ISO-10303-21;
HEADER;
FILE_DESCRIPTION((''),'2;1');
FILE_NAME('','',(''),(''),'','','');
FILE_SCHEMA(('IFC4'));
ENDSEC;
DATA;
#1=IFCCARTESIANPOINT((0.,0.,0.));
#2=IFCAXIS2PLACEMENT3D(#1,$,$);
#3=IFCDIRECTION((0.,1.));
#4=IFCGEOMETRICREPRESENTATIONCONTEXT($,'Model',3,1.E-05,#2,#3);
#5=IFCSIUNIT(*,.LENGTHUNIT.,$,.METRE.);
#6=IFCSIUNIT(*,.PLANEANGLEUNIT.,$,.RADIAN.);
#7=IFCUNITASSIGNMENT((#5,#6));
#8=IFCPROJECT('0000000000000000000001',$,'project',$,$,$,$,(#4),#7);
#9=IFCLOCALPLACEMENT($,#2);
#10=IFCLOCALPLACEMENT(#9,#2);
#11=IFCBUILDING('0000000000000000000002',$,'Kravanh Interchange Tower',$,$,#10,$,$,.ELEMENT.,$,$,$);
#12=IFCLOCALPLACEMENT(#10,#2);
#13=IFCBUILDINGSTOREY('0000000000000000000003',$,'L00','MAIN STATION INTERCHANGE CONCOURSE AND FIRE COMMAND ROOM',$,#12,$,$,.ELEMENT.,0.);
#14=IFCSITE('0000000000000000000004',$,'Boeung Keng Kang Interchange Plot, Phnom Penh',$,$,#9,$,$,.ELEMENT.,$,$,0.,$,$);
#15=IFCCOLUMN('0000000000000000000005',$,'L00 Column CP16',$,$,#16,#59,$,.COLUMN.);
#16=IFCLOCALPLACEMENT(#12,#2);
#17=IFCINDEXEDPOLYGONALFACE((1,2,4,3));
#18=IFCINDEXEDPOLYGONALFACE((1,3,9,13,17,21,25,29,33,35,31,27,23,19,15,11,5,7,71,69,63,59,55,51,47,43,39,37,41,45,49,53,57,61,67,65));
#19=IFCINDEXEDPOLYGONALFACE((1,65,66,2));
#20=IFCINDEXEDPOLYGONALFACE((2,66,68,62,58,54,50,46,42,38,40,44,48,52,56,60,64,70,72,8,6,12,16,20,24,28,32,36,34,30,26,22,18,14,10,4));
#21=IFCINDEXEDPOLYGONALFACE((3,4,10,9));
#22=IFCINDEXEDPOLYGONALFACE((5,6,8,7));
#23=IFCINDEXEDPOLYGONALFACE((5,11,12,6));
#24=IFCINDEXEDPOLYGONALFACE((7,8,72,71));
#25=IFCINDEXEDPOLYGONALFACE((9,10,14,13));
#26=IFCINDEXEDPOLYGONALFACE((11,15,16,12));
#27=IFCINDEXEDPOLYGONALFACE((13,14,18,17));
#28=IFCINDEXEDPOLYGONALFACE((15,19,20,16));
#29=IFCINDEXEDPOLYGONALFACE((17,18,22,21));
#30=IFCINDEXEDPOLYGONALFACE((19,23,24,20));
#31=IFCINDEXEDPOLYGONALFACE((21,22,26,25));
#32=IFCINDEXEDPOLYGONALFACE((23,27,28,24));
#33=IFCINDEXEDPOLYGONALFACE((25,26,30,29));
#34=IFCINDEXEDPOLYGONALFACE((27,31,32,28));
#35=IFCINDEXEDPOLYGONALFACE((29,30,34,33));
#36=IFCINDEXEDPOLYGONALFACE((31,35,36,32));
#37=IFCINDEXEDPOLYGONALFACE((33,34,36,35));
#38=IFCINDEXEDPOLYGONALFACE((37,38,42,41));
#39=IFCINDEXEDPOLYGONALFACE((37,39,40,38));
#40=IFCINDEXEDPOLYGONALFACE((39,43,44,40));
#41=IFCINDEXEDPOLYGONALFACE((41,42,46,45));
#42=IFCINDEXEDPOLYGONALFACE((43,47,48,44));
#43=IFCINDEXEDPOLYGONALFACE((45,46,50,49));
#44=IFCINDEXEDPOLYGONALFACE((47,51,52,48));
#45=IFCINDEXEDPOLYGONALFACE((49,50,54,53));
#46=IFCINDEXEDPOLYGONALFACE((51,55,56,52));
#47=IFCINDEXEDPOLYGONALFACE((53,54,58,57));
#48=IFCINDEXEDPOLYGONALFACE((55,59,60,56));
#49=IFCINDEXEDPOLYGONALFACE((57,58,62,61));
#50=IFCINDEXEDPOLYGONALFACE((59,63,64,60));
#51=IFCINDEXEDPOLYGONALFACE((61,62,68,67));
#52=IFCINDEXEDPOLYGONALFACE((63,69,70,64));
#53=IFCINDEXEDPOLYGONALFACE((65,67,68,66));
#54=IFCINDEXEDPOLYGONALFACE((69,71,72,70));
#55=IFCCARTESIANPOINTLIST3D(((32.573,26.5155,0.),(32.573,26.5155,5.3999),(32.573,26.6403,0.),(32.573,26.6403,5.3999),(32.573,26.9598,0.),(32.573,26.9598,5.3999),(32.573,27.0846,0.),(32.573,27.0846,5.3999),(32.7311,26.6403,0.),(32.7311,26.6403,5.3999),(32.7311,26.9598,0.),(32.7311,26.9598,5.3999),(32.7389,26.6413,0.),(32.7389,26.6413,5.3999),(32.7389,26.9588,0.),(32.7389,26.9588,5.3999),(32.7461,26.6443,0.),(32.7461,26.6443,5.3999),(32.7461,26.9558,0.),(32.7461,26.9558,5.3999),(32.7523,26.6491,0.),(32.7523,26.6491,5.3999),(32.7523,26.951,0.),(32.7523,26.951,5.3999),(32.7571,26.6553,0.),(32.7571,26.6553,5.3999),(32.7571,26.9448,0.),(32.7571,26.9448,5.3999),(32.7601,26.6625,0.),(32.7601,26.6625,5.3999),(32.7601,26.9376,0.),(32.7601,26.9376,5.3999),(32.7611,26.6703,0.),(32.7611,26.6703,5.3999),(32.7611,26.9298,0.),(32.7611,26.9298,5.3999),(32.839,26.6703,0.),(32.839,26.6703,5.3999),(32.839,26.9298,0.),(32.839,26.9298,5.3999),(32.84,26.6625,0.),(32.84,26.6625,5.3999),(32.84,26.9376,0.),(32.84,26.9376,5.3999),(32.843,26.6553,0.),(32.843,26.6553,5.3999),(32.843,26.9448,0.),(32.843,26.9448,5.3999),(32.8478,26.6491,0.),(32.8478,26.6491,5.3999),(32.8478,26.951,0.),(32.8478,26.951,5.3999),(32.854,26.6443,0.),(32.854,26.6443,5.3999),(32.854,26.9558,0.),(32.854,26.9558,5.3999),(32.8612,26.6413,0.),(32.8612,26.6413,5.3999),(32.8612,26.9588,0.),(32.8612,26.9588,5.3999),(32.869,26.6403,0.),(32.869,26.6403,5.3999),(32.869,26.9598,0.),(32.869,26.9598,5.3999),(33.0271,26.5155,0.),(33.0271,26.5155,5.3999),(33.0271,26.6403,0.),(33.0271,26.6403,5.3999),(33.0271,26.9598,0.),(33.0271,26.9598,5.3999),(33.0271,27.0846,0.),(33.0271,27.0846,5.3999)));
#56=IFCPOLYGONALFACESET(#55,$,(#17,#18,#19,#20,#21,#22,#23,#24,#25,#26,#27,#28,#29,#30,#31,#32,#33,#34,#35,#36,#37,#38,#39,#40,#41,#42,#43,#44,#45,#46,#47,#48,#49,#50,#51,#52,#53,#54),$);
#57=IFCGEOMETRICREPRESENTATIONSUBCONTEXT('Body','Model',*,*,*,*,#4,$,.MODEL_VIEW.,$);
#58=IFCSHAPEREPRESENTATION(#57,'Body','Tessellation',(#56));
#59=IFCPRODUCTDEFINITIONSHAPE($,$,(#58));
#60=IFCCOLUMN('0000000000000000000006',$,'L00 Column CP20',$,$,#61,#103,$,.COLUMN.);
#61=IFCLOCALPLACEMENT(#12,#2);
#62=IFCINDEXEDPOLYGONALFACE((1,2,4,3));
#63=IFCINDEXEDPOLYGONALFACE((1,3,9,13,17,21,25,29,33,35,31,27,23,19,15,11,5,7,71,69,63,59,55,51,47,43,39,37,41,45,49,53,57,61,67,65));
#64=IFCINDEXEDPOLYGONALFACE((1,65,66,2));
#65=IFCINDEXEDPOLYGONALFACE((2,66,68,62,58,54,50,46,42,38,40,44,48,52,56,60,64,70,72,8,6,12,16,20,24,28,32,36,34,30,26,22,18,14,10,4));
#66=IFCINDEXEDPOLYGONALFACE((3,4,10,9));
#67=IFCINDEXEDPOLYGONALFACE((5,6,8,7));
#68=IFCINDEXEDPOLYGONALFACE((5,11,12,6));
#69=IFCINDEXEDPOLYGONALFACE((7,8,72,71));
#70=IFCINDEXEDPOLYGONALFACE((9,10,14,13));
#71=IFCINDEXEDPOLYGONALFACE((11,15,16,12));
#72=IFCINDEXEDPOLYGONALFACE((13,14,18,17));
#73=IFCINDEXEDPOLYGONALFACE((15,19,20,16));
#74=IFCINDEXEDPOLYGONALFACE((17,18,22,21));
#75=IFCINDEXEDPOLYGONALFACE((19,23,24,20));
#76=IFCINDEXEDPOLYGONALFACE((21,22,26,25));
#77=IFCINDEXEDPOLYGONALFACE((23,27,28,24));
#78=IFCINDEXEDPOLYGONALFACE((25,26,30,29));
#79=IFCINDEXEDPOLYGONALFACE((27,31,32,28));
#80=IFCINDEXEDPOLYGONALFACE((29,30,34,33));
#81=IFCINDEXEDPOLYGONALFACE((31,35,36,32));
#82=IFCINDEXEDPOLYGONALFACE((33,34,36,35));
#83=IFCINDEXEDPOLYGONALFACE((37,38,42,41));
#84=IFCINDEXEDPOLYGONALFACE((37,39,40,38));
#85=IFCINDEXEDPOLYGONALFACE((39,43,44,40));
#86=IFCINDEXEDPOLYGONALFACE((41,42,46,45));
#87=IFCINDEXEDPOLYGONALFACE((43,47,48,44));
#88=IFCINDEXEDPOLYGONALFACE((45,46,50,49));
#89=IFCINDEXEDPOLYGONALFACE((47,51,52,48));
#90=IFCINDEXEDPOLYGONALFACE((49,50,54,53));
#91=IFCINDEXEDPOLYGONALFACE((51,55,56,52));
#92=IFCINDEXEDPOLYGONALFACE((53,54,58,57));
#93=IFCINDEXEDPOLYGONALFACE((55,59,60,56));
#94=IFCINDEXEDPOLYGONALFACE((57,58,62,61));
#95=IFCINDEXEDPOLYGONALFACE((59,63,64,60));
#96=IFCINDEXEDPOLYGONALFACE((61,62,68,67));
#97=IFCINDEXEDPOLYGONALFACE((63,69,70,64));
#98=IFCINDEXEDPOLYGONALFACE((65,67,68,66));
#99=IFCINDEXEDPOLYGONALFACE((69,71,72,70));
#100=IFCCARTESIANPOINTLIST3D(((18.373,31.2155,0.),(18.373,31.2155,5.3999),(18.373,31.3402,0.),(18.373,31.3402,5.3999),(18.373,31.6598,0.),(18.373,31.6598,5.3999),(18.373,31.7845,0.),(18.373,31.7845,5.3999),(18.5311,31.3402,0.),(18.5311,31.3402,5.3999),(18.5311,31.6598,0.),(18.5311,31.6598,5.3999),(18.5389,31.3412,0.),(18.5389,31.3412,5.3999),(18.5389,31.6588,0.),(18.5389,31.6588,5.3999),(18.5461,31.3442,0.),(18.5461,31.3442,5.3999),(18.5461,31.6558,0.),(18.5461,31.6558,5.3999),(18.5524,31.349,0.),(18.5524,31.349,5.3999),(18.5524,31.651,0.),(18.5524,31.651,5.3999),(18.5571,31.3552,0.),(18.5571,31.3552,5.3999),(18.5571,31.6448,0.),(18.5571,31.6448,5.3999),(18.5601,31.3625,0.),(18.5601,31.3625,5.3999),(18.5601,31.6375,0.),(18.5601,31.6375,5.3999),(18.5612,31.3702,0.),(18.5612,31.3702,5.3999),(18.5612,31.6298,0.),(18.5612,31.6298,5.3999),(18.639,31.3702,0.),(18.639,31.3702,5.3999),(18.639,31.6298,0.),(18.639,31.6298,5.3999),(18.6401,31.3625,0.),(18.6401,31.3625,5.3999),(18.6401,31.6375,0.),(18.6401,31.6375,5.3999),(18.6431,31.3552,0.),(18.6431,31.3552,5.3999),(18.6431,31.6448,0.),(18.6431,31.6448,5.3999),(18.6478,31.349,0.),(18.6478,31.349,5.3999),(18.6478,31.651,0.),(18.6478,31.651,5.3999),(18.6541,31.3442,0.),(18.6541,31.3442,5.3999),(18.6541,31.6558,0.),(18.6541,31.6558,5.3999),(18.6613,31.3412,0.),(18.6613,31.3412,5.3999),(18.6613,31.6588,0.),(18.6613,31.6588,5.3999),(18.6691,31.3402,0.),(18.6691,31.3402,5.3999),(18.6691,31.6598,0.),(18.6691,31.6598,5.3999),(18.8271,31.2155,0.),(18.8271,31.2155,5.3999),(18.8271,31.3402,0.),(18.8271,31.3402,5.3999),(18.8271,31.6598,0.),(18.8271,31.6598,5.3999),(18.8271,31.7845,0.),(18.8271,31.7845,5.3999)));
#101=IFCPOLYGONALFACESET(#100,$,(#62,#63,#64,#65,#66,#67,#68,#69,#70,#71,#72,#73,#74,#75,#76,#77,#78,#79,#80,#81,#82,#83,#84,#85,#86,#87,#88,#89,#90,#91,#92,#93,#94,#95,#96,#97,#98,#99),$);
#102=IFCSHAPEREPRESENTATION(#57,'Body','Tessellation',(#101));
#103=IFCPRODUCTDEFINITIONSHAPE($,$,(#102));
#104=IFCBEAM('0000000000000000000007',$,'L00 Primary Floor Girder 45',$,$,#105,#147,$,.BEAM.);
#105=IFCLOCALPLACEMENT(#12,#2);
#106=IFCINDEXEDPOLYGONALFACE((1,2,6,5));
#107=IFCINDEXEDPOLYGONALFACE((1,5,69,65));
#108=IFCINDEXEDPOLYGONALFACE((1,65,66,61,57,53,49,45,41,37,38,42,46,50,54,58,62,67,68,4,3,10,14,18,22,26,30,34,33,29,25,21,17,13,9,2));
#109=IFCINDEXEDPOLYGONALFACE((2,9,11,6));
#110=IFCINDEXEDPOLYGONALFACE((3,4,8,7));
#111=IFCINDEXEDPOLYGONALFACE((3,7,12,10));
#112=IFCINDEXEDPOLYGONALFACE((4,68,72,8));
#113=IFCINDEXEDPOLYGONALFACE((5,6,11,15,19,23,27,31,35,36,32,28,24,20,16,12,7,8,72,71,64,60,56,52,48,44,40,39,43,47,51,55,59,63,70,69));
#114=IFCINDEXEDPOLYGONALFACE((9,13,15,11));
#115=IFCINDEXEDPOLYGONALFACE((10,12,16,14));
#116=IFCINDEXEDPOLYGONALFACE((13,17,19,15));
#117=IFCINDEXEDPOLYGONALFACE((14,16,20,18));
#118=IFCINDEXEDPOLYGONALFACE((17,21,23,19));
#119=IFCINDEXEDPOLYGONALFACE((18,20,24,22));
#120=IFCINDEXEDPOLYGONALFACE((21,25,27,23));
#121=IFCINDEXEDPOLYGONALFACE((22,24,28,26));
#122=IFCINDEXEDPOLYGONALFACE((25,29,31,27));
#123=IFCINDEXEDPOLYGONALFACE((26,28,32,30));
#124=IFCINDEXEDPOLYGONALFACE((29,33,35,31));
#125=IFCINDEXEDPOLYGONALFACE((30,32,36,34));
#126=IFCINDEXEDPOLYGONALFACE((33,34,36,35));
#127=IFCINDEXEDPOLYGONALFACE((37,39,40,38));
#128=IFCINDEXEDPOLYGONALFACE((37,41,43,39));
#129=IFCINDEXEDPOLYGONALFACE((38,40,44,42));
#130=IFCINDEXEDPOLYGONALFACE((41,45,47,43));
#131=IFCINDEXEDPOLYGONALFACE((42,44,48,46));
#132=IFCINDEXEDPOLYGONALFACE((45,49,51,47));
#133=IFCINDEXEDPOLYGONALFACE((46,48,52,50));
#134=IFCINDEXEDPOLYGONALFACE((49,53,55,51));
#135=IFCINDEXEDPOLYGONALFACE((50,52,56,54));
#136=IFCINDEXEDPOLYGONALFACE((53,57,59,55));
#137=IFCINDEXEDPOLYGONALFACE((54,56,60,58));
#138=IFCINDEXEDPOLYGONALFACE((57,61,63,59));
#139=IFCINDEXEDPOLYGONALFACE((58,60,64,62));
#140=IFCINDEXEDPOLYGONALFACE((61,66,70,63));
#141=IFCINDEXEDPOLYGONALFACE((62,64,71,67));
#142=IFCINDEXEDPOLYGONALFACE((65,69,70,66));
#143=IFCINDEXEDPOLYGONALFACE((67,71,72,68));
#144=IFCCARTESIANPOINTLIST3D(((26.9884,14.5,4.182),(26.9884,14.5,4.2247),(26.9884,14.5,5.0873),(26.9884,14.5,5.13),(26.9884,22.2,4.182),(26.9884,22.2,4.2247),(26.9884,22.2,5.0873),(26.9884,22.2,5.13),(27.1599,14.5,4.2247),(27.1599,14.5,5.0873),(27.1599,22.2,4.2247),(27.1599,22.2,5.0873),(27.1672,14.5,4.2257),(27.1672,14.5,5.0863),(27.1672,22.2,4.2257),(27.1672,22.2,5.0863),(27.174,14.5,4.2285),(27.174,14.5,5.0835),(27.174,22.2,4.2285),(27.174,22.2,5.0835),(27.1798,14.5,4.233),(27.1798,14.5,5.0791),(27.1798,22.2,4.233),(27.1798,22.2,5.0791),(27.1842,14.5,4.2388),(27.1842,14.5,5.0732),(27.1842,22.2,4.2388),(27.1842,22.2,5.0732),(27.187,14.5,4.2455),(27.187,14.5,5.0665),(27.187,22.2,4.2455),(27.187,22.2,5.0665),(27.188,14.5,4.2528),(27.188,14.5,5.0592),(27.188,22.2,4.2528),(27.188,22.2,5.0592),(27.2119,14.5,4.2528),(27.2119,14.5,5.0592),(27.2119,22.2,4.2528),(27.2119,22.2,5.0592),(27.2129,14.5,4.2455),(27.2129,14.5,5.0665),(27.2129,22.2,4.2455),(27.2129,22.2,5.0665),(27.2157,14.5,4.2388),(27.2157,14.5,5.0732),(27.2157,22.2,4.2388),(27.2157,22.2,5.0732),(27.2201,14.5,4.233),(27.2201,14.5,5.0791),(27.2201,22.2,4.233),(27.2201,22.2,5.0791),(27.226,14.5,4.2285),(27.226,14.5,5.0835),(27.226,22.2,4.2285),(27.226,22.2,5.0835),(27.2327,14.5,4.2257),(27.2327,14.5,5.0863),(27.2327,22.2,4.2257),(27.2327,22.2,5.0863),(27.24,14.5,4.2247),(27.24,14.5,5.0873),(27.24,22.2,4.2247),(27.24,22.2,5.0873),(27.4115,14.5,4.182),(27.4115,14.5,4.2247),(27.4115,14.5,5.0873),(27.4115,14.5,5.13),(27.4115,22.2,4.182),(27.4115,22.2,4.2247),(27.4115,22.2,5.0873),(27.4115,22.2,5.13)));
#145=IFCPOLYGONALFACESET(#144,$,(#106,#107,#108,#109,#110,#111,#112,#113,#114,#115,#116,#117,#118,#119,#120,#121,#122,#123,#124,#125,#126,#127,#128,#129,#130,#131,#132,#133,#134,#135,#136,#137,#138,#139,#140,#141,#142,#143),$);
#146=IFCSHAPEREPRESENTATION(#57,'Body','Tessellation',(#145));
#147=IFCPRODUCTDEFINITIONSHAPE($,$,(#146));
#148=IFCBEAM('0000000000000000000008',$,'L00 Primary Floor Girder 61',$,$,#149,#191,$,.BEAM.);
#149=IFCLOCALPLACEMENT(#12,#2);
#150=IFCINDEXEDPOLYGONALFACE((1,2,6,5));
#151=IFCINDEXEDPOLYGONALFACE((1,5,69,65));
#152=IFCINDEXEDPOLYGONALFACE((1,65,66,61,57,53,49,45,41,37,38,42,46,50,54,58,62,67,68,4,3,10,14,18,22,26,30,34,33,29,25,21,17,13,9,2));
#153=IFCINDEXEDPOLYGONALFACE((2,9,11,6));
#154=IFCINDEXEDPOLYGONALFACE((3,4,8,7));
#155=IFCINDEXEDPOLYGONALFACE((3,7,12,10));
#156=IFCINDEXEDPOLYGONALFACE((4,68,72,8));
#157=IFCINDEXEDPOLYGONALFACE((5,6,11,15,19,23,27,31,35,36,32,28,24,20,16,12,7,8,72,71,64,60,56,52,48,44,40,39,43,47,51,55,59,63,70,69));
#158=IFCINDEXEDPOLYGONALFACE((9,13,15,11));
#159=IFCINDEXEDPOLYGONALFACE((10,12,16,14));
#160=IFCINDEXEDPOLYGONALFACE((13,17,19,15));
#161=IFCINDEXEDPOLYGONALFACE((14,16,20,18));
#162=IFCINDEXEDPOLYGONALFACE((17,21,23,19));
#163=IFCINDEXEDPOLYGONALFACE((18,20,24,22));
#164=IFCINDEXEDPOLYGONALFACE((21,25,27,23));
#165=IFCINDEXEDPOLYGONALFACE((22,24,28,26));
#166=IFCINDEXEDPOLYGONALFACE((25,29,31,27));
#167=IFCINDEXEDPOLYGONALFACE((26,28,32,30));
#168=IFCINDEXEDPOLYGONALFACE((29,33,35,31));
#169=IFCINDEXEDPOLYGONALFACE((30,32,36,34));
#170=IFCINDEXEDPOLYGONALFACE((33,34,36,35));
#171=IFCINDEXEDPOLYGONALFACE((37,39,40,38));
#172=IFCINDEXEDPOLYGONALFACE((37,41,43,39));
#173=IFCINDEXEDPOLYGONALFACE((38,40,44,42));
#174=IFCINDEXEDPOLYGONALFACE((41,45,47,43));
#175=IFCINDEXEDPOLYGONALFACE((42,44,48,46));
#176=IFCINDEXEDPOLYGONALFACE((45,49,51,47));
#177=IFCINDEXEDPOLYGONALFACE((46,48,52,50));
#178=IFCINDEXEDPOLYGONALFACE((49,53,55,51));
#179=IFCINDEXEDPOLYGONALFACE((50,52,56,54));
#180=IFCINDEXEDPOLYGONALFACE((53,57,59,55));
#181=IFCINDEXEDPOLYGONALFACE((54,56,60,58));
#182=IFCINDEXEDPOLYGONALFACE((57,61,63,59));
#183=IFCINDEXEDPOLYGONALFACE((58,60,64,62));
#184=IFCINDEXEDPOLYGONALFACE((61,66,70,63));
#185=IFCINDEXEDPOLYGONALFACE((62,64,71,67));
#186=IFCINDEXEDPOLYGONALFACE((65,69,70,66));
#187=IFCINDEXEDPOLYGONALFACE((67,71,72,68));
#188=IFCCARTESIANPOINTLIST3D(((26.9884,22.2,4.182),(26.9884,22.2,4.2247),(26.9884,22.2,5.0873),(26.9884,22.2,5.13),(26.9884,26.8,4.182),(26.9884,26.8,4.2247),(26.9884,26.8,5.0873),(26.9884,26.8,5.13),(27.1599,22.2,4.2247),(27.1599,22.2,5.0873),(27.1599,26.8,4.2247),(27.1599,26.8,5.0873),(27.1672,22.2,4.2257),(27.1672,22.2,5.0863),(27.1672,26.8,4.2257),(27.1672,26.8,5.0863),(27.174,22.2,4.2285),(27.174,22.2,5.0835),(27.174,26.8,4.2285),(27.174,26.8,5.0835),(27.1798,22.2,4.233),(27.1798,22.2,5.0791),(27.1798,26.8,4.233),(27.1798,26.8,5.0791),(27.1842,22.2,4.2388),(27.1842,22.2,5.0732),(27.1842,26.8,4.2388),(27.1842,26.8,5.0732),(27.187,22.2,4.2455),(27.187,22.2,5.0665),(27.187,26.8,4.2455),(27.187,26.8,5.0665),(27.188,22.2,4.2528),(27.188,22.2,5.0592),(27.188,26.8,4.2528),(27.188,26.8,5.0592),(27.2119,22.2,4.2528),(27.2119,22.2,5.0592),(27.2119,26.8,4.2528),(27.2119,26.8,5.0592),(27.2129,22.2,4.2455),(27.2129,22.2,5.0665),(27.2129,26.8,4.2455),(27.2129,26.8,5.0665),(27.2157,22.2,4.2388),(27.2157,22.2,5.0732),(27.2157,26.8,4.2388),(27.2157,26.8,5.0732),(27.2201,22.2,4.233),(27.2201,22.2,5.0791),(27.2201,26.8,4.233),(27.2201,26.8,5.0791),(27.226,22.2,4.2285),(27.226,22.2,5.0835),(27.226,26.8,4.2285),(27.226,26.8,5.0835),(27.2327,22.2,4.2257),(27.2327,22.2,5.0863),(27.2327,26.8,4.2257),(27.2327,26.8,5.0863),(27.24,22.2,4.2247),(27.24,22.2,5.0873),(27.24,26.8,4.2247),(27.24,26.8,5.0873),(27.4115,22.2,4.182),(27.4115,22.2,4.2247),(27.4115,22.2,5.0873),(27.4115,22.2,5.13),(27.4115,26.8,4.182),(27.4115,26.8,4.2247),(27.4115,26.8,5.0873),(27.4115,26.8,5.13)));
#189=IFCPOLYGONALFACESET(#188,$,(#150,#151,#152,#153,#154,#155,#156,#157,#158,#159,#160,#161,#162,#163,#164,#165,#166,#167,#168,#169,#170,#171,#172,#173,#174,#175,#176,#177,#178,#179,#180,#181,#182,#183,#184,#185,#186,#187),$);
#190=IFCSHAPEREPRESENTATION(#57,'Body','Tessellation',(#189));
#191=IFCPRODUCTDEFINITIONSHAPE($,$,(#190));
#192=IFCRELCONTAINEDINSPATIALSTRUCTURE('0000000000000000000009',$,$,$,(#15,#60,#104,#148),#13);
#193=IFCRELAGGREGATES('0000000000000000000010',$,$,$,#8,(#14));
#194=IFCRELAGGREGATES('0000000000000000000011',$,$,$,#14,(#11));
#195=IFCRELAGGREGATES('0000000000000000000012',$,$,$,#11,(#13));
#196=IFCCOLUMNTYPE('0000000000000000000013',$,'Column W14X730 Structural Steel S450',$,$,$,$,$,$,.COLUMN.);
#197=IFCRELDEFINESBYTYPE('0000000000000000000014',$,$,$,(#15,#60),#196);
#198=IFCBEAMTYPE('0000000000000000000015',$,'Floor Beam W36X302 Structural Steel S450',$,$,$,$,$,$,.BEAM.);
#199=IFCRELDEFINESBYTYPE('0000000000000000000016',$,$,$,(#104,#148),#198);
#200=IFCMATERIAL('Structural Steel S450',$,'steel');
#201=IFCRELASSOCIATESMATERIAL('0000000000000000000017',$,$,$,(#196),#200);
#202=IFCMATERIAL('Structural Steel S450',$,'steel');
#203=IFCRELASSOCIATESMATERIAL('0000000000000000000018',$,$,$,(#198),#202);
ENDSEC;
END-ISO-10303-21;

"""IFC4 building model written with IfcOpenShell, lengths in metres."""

from ifc_helpers import new_model, si_unit, direction, frame, origin, origin_2d, place, context, subcontext, project, spatial, i_section, extrude, material, material_profile, profile_set, type_object, element, save


model = new_model("IFC4")

# Units and contexts
model_context = context("Model", 3, precision=1e-05, world=origin(), true_north=direction((0.0, 1.0)))
body_context = subcontext(model_context, "Body", "Model", "MODEL_VIEW")
ifc_project = project(units=[si_unit("LENGTHUNIT", "METRE"), si_unit("PLANEANGLEUNIT", "RADIAN")], contexts=[model_context])

# Site, building, storey
site_placement = place(None, origin())
site = spatial("IfcSite", under=ifc_project, at=site_placement, Name="Boeung Keng Kang Interchange Plot, Phnom Penh", CompositionType="ELEMENT", RefElevation=0.0)
building_placement = place(site_placement, origin())
building = spatial("IfcBuilding", under=site, at=building_placement, Name="Kravanh Interchange Tower", CompositionType="ELEMENT")
storey_placement = place(building_placement, origin())
storey = spatial("IfcBuildingStorey", under=building, at=storey_placement, Name="L00", Description="MAIN STATION INTERCHANGE CONCOURSE AND FIRE COMMAND ROOM", CompositionType="ELEMENT", Elevation=0.0)

# Columns
ifc_material_1 = material(Name="Structural Steel S450", Category="steel")
ifc_material_profile_1 = material_profile(ifc_material_1, i_section(OverallWidth=0.4541, OverallDepth=0.5691, WebThickness=0.0779, FlangeThickness=0.1248, FilletRadius=0.03, at=origin_2d()), Name="W14X730")
ifc_profile_set_1 = profile_set([ifc_material_profile_1], Name="Structural Steel S450")
column_type = type_object("IfcColumnType", Name="Column W14X730 Structural Steel S450", PredefinedType="COLUMN", material=ifc_profile_set_1)
for number, where, z_axis, x_axis, name in (
    (1, (32.8, 26.8, 0.0), (0.0, 0.0, 1.0), (1.0, 0.0, 0.0), "L00 Column CP16"),
    (2, (18.6001, 31.5, 0.0), (0.0, 0.0, 1.0), (1.0, 0.0, 0.0), "L00 Column CP20"),
):
    element("IfcColumn", number, at=place(storey_placement, frame(where, z_axis=z_axis, x_axis=x_axis)), inside=storey, type_object=column_type, Name=name, PredefinedType="COLUMN", context=body_context, shape_type="SweptSolid", body=[
        extrude(i_section(OverallWidth=0.4541, OverallDepth=0.5691, WebThickness=0.0779, FlangeThickness=0.1248, FilletRadius=0.03, at=origin_2d()), origin(), (0.0, 0.0, 1.0), 5.3999),
    ])

# Beams
ifc_material_2 = material(Name="Structural Steel S450", Category="steel")
ifc_material_profile_2 = material_profile(ifc_material_2, i_section(OverallWidth=0.4231, OverallDepth=0.948, WebThickness=0.0239, FlangeThickness=0.0427, FilletRadius=0.0281, at=origin_2d()), Name="W36X302")
ifc_profile_set_2 = profile_set([ifc_material_profile_2], Name="Structural Steel S450")
beam_type_1 = type_object("IfcBeamType", Name="Floor Beam W36X302 Structural Steel S450", PredefinedType="BEAM", material=ifc_profile_set_2)
beam_1_placement = place(storey_placement, frame((27.2, 14.5, 4.656), z_axis=(0.0, 1.0, 0.0), x_axis=(-1.0, 0.0, 0.0)))
element("IfcBeam", 3, at=beam_1_placement, inside=storey, type_object=beam_type_1, Name="L00 Primary Floor Girder 45", PredefinedType="BEAM", context=body_context, shape_type="SweptSolid", body=[
    extrude(i_section(OverallWidth=0.4231, OverallDepth=0.948, WebThickness=0.0239, FlangeThickness=0.0427, FilletRadius=0.0281, at=origin_2d()), origin(), (0.0, 0.0, 1.0), 7.7),
])
beam_2_placement = place(storey_placement, frame((27.2, 22.2, 4.656), z_axis=(0.0, 1.0, 0.0), x_axis=(-1.0, 0.0, 0.0)))
element("IfcBeam", 4, at=beam_2_placement, inside=storey, type_object=beam_type_1, Name="L00 Primary Floor Girder 61", PredefinedType="BEAM", context=body_context, shape_type="SweptSolid", body=[
    extrude(i_section(OverallWidth=0.4231, OverallDepth=0.948, WebThickness=0.0239, FlangeThickness=0.0427, FilletRadius=0.0281, at=origin_2d()), origin(), (0.0, 0.0, 1.0), 4.6001),
])

save(model, "model.ifc")
